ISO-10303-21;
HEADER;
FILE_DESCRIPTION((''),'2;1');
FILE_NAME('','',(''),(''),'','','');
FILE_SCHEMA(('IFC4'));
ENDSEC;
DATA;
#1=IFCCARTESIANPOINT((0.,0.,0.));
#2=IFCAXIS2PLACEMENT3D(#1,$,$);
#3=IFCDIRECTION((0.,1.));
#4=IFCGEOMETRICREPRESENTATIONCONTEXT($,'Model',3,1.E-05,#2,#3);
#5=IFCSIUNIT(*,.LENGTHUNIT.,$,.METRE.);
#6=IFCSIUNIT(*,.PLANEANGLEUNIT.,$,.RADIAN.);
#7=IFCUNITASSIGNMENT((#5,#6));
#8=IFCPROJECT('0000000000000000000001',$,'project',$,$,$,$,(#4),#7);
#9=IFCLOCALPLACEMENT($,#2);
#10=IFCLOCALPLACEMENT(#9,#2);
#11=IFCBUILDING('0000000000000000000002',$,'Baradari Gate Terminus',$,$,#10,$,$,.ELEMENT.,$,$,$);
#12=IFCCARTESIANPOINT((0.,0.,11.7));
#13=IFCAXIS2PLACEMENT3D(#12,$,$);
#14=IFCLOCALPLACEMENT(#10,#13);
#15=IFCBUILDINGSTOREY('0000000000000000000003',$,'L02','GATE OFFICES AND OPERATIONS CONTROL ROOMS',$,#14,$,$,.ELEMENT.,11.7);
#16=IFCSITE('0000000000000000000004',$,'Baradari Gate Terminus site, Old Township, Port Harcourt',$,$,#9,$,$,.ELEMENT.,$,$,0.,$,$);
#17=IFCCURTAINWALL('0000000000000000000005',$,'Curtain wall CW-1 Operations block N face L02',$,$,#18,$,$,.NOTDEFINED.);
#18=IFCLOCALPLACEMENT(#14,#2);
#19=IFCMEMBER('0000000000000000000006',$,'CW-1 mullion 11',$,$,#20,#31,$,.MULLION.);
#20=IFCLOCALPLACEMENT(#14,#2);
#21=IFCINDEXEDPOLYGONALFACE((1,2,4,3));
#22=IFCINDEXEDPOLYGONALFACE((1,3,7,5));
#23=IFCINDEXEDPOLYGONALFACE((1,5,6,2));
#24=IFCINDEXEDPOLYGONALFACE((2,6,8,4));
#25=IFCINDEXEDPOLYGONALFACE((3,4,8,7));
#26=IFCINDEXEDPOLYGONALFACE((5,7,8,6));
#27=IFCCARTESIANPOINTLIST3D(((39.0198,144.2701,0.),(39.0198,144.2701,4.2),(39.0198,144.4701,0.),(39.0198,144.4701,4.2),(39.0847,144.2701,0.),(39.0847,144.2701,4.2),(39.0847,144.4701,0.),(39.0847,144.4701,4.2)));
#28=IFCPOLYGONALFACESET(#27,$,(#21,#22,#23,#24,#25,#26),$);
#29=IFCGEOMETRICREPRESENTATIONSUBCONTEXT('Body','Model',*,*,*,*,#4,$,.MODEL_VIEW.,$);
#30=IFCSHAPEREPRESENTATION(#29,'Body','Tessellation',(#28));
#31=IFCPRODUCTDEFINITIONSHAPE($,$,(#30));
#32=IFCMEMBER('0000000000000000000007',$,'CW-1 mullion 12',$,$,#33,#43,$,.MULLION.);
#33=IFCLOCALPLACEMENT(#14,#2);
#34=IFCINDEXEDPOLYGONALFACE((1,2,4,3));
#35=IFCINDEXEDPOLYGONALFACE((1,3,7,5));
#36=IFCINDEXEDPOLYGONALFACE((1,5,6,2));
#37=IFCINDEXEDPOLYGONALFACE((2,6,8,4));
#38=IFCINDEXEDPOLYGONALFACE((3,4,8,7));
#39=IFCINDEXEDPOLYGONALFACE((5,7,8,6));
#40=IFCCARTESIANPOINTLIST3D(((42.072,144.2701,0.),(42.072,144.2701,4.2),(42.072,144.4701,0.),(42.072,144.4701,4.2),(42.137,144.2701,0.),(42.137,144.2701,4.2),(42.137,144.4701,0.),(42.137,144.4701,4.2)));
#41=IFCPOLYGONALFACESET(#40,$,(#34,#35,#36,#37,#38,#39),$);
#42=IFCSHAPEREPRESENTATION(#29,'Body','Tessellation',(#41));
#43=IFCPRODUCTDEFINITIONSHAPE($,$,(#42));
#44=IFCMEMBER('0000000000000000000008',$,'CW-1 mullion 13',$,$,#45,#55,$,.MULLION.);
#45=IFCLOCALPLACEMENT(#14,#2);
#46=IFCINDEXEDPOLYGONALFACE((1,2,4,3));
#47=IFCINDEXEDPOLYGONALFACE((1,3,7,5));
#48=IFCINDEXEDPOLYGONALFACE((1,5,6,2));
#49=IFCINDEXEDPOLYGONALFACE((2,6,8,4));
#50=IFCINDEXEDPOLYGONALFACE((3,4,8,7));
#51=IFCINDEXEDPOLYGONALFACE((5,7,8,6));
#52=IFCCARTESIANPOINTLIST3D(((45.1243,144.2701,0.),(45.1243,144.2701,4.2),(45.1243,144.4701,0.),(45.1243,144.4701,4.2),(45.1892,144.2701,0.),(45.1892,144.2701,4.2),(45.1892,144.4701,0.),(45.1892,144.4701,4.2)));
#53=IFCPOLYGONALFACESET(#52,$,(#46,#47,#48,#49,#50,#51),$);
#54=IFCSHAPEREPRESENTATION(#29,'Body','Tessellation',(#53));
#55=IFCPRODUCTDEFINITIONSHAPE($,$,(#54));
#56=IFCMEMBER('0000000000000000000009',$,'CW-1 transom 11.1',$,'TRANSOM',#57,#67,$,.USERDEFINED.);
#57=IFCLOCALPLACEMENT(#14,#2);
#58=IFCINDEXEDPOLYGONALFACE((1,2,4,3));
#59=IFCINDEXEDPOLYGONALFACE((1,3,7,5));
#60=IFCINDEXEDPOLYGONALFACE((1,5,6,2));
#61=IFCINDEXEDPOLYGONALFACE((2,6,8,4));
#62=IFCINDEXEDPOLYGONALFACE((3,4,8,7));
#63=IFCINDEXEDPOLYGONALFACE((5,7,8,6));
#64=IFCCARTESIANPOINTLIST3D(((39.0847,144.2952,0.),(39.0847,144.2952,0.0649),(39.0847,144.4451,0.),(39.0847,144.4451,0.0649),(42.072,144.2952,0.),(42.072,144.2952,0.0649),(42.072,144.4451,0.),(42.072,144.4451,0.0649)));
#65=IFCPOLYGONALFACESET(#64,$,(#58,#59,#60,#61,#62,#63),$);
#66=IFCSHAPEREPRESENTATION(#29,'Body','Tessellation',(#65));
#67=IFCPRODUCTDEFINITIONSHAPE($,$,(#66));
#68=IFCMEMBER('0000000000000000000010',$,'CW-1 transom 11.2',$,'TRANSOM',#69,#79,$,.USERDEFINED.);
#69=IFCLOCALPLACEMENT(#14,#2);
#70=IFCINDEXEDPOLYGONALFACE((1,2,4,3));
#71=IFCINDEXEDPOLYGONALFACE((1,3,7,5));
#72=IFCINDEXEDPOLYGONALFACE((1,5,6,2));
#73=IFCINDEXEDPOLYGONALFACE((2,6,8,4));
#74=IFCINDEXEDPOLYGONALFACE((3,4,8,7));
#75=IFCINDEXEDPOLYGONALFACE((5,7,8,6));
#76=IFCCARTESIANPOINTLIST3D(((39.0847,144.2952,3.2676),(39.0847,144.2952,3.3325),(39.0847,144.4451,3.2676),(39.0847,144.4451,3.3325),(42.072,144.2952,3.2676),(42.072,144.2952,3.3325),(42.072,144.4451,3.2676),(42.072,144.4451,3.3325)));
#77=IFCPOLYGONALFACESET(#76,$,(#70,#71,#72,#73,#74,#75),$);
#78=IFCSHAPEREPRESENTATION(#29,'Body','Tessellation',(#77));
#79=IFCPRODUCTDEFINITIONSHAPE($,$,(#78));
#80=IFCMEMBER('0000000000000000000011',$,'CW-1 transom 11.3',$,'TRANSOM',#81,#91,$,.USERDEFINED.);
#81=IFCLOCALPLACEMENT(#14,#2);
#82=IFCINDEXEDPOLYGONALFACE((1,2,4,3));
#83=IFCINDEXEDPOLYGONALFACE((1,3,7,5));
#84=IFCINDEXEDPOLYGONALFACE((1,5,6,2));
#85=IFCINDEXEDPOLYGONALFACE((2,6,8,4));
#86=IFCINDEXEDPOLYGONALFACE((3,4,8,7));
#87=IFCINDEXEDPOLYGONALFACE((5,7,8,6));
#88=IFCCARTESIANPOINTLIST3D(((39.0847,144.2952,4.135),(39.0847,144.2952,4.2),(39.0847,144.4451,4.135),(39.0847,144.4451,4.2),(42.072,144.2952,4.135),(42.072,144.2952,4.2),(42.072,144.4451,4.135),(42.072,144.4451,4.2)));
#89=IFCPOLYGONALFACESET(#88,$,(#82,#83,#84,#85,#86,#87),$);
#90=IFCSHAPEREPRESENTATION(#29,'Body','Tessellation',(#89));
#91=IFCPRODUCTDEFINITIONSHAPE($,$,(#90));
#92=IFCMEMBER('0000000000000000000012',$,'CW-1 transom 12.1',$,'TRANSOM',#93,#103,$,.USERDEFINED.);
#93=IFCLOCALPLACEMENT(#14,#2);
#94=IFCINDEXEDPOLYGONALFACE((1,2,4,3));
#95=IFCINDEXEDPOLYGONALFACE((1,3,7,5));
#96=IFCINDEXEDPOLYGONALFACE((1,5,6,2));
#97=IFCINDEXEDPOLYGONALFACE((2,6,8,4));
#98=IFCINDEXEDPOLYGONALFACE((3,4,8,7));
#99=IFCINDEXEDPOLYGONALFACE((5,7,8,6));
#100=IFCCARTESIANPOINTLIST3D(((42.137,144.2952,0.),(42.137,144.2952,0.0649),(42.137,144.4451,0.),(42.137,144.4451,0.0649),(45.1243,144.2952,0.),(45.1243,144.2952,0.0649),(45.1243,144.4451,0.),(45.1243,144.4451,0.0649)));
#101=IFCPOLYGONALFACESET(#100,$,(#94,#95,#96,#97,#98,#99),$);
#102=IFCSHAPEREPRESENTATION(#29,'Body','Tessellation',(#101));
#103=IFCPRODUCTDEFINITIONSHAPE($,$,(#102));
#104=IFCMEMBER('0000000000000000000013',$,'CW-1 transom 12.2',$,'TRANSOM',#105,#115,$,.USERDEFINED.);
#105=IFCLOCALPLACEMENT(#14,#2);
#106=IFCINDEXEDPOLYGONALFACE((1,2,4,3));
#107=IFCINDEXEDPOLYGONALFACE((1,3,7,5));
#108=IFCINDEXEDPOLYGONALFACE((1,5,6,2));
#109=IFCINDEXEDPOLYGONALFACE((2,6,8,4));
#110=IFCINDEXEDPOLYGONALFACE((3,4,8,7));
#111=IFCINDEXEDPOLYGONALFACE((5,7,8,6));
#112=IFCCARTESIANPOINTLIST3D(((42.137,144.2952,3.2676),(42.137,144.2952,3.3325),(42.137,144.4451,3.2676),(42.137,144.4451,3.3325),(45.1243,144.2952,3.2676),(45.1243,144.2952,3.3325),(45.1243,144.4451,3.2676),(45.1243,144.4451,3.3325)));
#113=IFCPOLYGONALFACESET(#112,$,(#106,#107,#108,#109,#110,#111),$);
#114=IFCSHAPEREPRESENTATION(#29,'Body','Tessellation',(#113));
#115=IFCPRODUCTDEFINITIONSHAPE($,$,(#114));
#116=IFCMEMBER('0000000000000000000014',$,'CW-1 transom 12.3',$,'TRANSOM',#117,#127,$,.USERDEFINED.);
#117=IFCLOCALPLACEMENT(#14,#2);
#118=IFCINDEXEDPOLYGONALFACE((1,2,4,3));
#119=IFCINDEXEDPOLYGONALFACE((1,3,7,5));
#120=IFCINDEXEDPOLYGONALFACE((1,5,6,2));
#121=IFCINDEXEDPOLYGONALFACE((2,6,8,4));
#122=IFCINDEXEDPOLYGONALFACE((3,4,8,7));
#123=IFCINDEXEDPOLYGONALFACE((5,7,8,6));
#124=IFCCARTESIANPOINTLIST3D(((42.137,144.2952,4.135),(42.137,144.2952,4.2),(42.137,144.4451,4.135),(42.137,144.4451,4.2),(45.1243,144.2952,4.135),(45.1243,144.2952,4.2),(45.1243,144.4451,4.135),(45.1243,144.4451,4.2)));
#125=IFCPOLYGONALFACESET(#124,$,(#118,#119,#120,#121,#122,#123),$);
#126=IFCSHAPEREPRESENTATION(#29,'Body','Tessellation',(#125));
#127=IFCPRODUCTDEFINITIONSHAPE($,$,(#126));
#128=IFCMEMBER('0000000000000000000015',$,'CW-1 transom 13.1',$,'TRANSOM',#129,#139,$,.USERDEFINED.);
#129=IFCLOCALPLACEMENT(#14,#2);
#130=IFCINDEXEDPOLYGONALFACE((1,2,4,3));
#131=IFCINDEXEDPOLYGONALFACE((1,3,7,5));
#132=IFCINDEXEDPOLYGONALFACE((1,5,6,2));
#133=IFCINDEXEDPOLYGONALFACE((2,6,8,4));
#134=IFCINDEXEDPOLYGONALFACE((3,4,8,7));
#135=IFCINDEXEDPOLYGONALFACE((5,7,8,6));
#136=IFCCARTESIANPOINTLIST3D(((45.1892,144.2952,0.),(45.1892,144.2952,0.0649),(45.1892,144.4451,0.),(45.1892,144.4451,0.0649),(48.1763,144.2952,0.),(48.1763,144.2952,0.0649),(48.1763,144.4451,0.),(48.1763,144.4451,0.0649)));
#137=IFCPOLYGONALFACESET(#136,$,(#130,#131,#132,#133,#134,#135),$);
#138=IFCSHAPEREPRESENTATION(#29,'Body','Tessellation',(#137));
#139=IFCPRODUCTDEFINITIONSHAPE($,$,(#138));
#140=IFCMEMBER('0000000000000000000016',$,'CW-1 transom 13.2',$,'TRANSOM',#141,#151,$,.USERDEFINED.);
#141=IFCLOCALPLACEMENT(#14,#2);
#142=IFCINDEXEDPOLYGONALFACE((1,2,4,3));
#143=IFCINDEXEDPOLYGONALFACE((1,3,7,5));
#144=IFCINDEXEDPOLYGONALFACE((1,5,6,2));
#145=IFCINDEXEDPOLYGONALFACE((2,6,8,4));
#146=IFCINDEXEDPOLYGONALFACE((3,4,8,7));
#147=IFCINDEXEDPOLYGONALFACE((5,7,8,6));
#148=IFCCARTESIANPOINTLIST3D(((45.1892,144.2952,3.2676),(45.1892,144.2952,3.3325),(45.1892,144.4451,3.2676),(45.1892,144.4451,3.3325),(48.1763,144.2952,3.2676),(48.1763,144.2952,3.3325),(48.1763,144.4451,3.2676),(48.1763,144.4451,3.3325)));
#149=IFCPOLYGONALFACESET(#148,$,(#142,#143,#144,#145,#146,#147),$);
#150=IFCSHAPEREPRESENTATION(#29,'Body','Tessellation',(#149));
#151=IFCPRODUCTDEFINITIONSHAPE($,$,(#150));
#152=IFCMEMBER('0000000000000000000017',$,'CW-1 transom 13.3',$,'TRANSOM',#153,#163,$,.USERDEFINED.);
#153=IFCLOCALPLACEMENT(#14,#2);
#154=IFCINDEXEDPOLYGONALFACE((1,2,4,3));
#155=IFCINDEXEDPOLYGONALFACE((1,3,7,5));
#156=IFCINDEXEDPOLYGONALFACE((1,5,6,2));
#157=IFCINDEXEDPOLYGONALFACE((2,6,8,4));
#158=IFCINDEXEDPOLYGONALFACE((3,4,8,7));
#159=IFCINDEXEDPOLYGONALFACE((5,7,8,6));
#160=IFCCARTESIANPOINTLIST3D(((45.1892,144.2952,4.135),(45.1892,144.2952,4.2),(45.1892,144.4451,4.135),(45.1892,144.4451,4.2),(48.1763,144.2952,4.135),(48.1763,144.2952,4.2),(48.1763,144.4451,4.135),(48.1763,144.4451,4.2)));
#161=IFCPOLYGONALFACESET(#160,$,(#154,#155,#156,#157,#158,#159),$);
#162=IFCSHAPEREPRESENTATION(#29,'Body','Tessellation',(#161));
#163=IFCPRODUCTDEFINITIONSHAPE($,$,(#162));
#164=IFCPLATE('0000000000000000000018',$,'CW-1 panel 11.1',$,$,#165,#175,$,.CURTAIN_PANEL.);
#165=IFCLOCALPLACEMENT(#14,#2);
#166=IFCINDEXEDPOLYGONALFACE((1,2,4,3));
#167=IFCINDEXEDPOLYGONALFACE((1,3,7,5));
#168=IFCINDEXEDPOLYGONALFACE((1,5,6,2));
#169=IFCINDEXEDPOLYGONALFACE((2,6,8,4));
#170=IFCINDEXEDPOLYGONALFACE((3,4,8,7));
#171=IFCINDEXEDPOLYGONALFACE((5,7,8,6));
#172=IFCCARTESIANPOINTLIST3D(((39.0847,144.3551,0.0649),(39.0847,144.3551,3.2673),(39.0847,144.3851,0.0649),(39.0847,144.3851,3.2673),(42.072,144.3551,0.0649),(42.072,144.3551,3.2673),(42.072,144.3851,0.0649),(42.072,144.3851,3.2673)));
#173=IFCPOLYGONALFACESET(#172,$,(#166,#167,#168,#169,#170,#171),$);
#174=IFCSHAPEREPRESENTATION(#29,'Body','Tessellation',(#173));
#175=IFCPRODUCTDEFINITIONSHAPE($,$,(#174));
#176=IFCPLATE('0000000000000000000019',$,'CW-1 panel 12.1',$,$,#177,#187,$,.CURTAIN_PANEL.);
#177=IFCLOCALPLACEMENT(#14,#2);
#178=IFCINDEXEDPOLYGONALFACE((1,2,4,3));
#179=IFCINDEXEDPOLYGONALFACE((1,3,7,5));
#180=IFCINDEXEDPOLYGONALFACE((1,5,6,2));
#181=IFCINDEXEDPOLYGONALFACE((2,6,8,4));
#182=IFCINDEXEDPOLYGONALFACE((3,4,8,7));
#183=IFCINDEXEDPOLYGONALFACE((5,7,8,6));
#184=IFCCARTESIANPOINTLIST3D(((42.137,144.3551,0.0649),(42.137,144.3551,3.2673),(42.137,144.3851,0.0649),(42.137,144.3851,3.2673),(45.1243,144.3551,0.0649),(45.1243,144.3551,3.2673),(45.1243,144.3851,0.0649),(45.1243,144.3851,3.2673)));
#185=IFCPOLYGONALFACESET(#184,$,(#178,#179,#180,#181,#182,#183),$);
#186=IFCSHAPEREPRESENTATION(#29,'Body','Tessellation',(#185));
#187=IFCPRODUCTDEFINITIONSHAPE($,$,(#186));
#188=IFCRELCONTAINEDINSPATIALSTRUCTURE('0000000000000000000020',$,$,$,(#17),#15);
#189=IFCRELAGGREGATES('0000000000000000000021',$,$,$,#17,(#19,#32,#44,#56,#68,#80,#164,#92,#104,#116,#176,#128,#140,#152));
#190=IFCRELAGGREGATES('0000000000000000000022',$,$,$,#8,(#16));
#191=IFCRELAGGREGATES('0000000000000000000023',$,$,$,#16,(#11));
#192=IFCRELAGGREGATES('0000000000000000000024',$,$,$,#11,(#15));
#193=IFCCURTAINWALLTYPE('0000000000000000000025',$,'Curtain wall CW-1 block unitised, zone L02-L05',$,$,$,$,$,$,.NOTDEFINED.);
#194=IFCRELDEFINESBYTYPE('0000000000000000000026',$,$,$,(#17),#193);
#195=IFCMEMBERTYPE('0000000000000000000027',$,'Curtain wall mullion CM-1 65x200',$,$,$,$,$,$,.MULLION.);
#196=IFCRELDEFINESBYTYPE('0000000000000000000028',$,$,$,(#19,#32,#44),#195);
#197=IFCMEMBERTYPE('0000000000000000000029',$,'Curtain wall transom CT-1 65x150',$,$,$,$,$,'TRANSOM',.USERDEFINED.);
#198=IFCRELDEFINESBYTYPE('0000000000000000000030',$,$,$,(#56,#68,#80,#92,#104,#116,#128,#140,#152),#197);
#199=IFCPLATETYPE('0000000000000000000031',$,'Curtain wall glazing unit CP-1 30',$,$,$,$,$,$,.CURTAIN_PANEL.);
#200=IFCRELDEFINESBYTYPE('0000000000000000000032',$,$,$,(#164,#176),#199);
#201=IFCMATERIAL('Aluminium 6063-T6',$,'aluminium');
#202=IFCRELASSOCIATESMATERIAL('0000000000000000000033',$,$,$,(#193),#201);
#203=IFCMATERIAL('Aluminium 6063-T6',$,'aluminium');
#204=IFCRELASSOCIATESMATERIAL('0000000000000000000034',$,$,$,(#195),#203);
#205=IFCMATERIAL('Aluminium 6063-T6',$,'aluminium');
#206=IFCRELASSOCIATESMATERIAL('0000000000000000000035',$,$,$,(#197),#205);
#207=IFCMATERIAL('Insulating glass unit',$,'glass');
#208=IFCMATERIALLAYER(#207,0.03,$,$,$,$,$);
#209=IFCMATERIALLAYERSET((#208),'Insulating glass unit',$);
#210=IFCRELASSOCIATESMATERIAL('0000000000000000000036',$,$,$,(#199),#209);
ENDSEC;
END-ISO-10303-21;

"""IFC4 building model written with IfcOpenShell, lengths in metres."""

from ifc_helpers import new_model, si_unit, direction, frame, origin, origin_2d, place, context, subcontext, project, spatial, rectangle, extrude, material, layer, layer_set, material_profile, profile_set, type_object, element, aggregate, save


model = new_model("IFC4")

# Units and contexts
model_context = context("Model", 3, precision=1e-05, world=origin(), true_north=direction((0.0, 1.0)))
body_context = subcontext(model_context, "Body", "Model", "MODEL_VIEW")
ifc_project = project(units=[si_unit("LENGTHUNIT", "METRE"), si_unit("PLANEANGLEUNIT", "RADIAN")], contexts=[model_context])

# Site, building, storey
site_placement = place(None, origin())
site = spatial("IfcSite", under=ifc_project, at=site_placement, Name="Baradari Gate Terminus site, Old Township, Port Harcourt", CompositionType="ELEMENT", RefElevation=0.0)
building_placement = place(site_placement, origin())
building = spatial("IfcBuilding", under=site, at=building_placement, Name="Baradari Gate Terminus", CompositionType="ELEMENT")
storey_placement = place(building_placement, frame((0.0, 0.0, 11.7)))
storey = spatial("IfcBuildingStorey", under=building, at=storey_placement, Name="L02", Description="GATE OFFICES AND OPERATIONS CONTROL ROOMS", CompositionType="ELEMENT", Elevation=11.7)

# Curtain wall, members, plates
ifc_material_1 = material(Name="Aluminium 6063-T6", Category="aluminium")
curtain_wall_type = type_object("IfcCurtainWallType", Name="Curtain wall CW-1 block unitised, zone L02-L05", PredefinedType="NOTDEFINED", material=ifc_material_1)
curtain_wall_placement = place(storey_placement, origin())
curtain_wall = element("IfcCurtainWall", 1, at=curtain_wall_placement, inside=storey, type_object=curtain_wall_type, Name="Curtain wall CW-1 Operations block N face L02", PredefinedType="NOTDEFINED")
ifc_material_2 = material(Name="Aluminium 6063-T6", Category="aluminium")
ifc_material_profile_1 = material_profile(ifc_material_2, rectangle(XDim=0.2, YDim=0.0649, at=origin_2d()), Name="CM-1 65X200")
ifc_profile_set_1 = profile_set([ifc_material_profile_1], Name="Aluminium 6063-T6")
member_type_1 = type_object("IfcMemberType", Name="Curtain wall mullion CM-1 65x200", PredefinedType="MULLION", material=ifc_profile_set_1)
member_1_placement = place(storey_placement, frame((39.0522, 144.3701, 0.0), z_axis=(0.0, 0.0, 1.0), x_axis=(0.0, 1.0, 0.0)))
member_1 = element("IfcMember", 2, at=member_1_placement, type_object=member_type_1, Name="CW-1 mullion 11", PredefinedType="MULLION", context=body_context, shape_type="SweptSolid", body=[
    extrude(rectangle(XDim=0.2, YDim=0.0649, at=origin_2d()), origin(), (0.0, 0.0, 1.0), 4.2),
])
member_2_placement = place(storey_placement, frame((42.1045, 144.3701, 0.0), z_axis=(0.0, 0.0, 1.0), x_axis=(0.0, 1.0, 0.0)))
member_2 = element("IfcMember", 3, at=member_2_placement, type_object=member_type_1, Name="CW-1 mullion 12", PredefinedType="MULLION", context=body_context, shape_type="SweptSolid", body=[
    extrude(rectangle(XDim=0.2, YDim=0.0649, at=origin_2d()), origin(), (0.0, 0.0, 1.0), 4.2),
])
member_3_placement = place(storey_placement, frame((45.1567, 144.3701, 0.0), z_axis=(0.0, 0.0, 1.0), x_axis=(0.0, 1.0, 0.0)))
member_3 = element("IfcMember", 4, at=member_3_placement, type_object=member_type_1, Name="CW-1 mullion 13", PredefinedType="MULLION", context=body_context, shape_type="SweptSolid", body=[
    extrude(rectangle(XDim=0.2, YDim=0.0649, at=origin_2d()), origin(), (0.0, 0.0, 1.0), 4.2),
])
ifc_material_3 = material(Name="Aluminium 6063-T6", Category="aluminium")
ifc_material_profile_2 = material_profile(ifc_material_3, rectangle(XDim=0.1499, YDim=0.0649, at=origin_2d()), Name="CT-1 65X150")
ifc_profile_set_2 = profile_set([ifc_material_profile_2], Name="Aluminium 6063-T6")
member_type_2 = type_object("IfcMemberType", Name="Curtain wall transom CT-1 65x150", ElementType="TRANSOM", PredefinedType="USERDEFINED", material=ifc_profile_set_2)
member_4_placement = place(storey_placement, frame((39.0847, 144.3701, 0.0325), z_axis=(1.0, 0.0, 0.0), x_axis=(0.0, 1.0, 0.0)))
member_4 = element("IfcMember", 5, at=member_4_placement, type_object=member_type_2, Name="CW-1 transom 11.1", ObjectType="TRANSOM", PredefinedType="USERDEFINED", context=body_context, shape_type="SweptSolid", body=[
    extrude(rectangle(XDim=0.1499, YDim=0.0649, at=origin_2d()), origin(), (0.0, 0.0, 1.0), 2.9873),
])
member_5_placement = place(storey_placement, frame((39.0847, 144.3701, 3.3), z_axis=(1.0, 0.0, 0.0), x_axis=(0.0, 1.0, 0.0)))
member_5 = element("IfcMember", 6, at=member_5_placement, type_object=member_type_2, Name="CW-1 transom 11.2", ObjectType="TRANSOM", PredefinedType="USERDEFINED", context=body_context, shape_type="SweptSolid", body=[
    extrude(rectangle(XDim=0.1499, YDim=0.0649, at=origin_2d()), origin(), (0.0, 0.0, 1.0), 2.9873),
])
member_6_placement = place(storey_placement, frame((39.0847, 144.3701, 4.1675), z_axis=(1.0, 0.0, 0.0), x_axis=(0.0, 1.0, 0.0)))
member_6 = element("IfcMember", 7, at=member_6_placement, type_object=member_type_2, Name="CW-1 transom 11.3", ObjectType="TRANSOM", PredefinedType="USERDEFINED", context=body_context, shape_type="SweptSolid", body=[
    extrude(rectangle(XDim=0.1499, YDim=0.0649, at=origin_2d()), origin(), (0.0, 0.0, 1.0), 2.9873),
])
member_7_placement = place(storey_placement, frame((42.137, 144.3701, 0.0325), z_axis=(1.0, 0.0, 0.0), x_axis=(0.0, 1.0, 0.0)))
member_7 = element("IfcMember", 8, at=member_7_placement, type_object=member_type_2, Name="CW-1 transom 12.1", ObjectType="TRANSOM", PredefinedType="USERDEFINED", context=body_context, shape_type="SweptSolid", body=[
    extrude(rectangle(XDim=0.1499, YDim=0.0649, at=origin_2d()), origin(), (0.0, 0.0, 1.0), 2.9873),
])
member_8_placement = place(storey_placement, frame((42.137, 144.3701, 3.3), z_axis=(1.0, 0.0, 0.0), x_axis=(0.0, 1.0, 0.0)))
member_8 = element("IfcMember", 9, at=member_8_placement, type_object=member_type_2, Name="CW-1 transom 12.2", ObjectType="TRANSOM", PredefinedType="USERDEFINED", context=body_context, shape_type="SweptSolid", body=[
    extrude(rectangle(XDim=0.1499, YDim=0.0649, at=origin_2d()), origin(), (0.0, 0.0, 1.0), 2.9873),
])
member_9_placement = place(storey_placement, frame((42.137, 144.3701, 4.1675), z_axis=(1.0, 0.0, 0.0), x_axis=(0.0, 1.0, 0.0)))
member_9 = element("IfcMember", 10, at=member_9_placement, type_object=member_type_2, Name="CW-1 transom 12.3", ObjectType="TRANSOM", PredefinedType="USERDEFINED", context=body_context, shape_type="SweptSolid", body=[
    extrude(rectangle(XDim=0.1499, YDim=0.0649, at=origin_2d()), origin(), (0.0, 0.0, 1.0), 2.9873),
])
member_10_placement = place(storey_placement, frame((45.1892, 144.3701, 0.0325), z_axis=(1.0, 0.0, 0.0), x_axis=(0.0, 1.0, 0.0)))
member_10 = element("IfcMember", 11, at=member_10_placement, type_object=member_type_2, Name="CW-1 transom 13.1", ObjectType="TRANSOM", PredefinedType="USERDEFINED", context=body_context, shape_type="SweptSolid", body=[
    extrude(rectangle(XDim=0.1499, YDim=0.0649, at=origin_2d()), origin(), (0.0, 0.0, 1.0), 2.9871),
])
member_11_placement = place(storey_placement, frame((45.1892, 144.3701, 3.3), z_axis=(1.0, 0.0, 0.0), x_axis=(0.0, 1.0, 0.0)))
member_11 = element("IfcMember", 12, at=member_11_placement, type_object=member_type_2, Name="CW-1 transom 13.2", ObjectType="TRANSOM", PredefinedType="USERDEFINED", context=body_context, shape_type="SweptSolid", body=[
    extrude(rectangle(XDim=0.1499, YDim=0.0649, at=origin_2d()), origin(), (0.0, 0.0, 1.0), 2.9871),
])
member_12_placement = place(storey_placement, frame((45.1892, 144.3701, 4.1675), z_axis=(1.0, 0.0, 0.0), x_axis=(0.0, 1.0, 0.0)))
member_12 = element("IfcMember", 13, at=member_12_placement, type_object=member_type_2, Name="CW-1 transom 13.3", ObjectType="TRANSOM", PredefinedType="USERDEFINED", context=body_context, shape_type="SweptSolid", body=[
    extrude(rectangle(XDim=0.1499, YDim=0.0649, at=origin_2d()), origin(), (0.0, 0.0, 1.0), 2.9871),
])
ifc_material_4 = material(Name="Insulating glass unit", Category="glass")
ifc_layer_1 = layer(ifc_material_4, 0.03)
ifc_layer_set_1 = layer_set([ifc_layer_1], Name="Insulating glass unit")
plate_type_1 = type_object("IfcPlateType", Name="Curtain wall glazing unit CP-1 30", PredefinedType="CURTAIN_PANEL", material=ifc_layer_set_1)
plate_1_placement = place(storey_placement, frame((40.5784, 144.3701, 0.0649), z_axis=(0.0, 0.0, 1.0), x_axis=(1.0, 0.0, 0.0)))
plate_1 = element("IfcPlate", 14, at=plate_1_placement, type_object=plate_type_1, Name="CW-1 panel 11.1", PredefinedType="CURTAIN_PANEL", context=body_context, shape_type="SweptSolid", body=[
    extrude(rectangle(XDim=2.9873, YDim=0.03, at=origin_2d()), origin(), (0.0, 0.0, 1.0), 3.2024),
])
plate_2_placement = place(storey_placement, frame((43.6306, 144.3701, 0.0649), z_axis=(0.0, 0.0, 1.0), x_axis=(1.0, 0.0, 0.0)))
plate_2 = element("IfcPlate", 15, at=plate_2_placement, type_object=plate_type_1, Name="CW-1 panel 12.1", PredefinedType="CURTAIN_PANEL", context=body_context, shape_type="SweptSolid", body=[
    extrude(rectangle(XDim=2.9873, YDim=0.03, at=origin_2d()), origin(), (0.0, 0.0, 1.0), 3.2024),
])
aggregate(curtain_wall, [member_1, member_2, member_3, member_4, member_5, member_6, plate_1, member_7, member_8, member_9, plate_2, member_10, member_11, member_12])

save(model, "model.ifc")
